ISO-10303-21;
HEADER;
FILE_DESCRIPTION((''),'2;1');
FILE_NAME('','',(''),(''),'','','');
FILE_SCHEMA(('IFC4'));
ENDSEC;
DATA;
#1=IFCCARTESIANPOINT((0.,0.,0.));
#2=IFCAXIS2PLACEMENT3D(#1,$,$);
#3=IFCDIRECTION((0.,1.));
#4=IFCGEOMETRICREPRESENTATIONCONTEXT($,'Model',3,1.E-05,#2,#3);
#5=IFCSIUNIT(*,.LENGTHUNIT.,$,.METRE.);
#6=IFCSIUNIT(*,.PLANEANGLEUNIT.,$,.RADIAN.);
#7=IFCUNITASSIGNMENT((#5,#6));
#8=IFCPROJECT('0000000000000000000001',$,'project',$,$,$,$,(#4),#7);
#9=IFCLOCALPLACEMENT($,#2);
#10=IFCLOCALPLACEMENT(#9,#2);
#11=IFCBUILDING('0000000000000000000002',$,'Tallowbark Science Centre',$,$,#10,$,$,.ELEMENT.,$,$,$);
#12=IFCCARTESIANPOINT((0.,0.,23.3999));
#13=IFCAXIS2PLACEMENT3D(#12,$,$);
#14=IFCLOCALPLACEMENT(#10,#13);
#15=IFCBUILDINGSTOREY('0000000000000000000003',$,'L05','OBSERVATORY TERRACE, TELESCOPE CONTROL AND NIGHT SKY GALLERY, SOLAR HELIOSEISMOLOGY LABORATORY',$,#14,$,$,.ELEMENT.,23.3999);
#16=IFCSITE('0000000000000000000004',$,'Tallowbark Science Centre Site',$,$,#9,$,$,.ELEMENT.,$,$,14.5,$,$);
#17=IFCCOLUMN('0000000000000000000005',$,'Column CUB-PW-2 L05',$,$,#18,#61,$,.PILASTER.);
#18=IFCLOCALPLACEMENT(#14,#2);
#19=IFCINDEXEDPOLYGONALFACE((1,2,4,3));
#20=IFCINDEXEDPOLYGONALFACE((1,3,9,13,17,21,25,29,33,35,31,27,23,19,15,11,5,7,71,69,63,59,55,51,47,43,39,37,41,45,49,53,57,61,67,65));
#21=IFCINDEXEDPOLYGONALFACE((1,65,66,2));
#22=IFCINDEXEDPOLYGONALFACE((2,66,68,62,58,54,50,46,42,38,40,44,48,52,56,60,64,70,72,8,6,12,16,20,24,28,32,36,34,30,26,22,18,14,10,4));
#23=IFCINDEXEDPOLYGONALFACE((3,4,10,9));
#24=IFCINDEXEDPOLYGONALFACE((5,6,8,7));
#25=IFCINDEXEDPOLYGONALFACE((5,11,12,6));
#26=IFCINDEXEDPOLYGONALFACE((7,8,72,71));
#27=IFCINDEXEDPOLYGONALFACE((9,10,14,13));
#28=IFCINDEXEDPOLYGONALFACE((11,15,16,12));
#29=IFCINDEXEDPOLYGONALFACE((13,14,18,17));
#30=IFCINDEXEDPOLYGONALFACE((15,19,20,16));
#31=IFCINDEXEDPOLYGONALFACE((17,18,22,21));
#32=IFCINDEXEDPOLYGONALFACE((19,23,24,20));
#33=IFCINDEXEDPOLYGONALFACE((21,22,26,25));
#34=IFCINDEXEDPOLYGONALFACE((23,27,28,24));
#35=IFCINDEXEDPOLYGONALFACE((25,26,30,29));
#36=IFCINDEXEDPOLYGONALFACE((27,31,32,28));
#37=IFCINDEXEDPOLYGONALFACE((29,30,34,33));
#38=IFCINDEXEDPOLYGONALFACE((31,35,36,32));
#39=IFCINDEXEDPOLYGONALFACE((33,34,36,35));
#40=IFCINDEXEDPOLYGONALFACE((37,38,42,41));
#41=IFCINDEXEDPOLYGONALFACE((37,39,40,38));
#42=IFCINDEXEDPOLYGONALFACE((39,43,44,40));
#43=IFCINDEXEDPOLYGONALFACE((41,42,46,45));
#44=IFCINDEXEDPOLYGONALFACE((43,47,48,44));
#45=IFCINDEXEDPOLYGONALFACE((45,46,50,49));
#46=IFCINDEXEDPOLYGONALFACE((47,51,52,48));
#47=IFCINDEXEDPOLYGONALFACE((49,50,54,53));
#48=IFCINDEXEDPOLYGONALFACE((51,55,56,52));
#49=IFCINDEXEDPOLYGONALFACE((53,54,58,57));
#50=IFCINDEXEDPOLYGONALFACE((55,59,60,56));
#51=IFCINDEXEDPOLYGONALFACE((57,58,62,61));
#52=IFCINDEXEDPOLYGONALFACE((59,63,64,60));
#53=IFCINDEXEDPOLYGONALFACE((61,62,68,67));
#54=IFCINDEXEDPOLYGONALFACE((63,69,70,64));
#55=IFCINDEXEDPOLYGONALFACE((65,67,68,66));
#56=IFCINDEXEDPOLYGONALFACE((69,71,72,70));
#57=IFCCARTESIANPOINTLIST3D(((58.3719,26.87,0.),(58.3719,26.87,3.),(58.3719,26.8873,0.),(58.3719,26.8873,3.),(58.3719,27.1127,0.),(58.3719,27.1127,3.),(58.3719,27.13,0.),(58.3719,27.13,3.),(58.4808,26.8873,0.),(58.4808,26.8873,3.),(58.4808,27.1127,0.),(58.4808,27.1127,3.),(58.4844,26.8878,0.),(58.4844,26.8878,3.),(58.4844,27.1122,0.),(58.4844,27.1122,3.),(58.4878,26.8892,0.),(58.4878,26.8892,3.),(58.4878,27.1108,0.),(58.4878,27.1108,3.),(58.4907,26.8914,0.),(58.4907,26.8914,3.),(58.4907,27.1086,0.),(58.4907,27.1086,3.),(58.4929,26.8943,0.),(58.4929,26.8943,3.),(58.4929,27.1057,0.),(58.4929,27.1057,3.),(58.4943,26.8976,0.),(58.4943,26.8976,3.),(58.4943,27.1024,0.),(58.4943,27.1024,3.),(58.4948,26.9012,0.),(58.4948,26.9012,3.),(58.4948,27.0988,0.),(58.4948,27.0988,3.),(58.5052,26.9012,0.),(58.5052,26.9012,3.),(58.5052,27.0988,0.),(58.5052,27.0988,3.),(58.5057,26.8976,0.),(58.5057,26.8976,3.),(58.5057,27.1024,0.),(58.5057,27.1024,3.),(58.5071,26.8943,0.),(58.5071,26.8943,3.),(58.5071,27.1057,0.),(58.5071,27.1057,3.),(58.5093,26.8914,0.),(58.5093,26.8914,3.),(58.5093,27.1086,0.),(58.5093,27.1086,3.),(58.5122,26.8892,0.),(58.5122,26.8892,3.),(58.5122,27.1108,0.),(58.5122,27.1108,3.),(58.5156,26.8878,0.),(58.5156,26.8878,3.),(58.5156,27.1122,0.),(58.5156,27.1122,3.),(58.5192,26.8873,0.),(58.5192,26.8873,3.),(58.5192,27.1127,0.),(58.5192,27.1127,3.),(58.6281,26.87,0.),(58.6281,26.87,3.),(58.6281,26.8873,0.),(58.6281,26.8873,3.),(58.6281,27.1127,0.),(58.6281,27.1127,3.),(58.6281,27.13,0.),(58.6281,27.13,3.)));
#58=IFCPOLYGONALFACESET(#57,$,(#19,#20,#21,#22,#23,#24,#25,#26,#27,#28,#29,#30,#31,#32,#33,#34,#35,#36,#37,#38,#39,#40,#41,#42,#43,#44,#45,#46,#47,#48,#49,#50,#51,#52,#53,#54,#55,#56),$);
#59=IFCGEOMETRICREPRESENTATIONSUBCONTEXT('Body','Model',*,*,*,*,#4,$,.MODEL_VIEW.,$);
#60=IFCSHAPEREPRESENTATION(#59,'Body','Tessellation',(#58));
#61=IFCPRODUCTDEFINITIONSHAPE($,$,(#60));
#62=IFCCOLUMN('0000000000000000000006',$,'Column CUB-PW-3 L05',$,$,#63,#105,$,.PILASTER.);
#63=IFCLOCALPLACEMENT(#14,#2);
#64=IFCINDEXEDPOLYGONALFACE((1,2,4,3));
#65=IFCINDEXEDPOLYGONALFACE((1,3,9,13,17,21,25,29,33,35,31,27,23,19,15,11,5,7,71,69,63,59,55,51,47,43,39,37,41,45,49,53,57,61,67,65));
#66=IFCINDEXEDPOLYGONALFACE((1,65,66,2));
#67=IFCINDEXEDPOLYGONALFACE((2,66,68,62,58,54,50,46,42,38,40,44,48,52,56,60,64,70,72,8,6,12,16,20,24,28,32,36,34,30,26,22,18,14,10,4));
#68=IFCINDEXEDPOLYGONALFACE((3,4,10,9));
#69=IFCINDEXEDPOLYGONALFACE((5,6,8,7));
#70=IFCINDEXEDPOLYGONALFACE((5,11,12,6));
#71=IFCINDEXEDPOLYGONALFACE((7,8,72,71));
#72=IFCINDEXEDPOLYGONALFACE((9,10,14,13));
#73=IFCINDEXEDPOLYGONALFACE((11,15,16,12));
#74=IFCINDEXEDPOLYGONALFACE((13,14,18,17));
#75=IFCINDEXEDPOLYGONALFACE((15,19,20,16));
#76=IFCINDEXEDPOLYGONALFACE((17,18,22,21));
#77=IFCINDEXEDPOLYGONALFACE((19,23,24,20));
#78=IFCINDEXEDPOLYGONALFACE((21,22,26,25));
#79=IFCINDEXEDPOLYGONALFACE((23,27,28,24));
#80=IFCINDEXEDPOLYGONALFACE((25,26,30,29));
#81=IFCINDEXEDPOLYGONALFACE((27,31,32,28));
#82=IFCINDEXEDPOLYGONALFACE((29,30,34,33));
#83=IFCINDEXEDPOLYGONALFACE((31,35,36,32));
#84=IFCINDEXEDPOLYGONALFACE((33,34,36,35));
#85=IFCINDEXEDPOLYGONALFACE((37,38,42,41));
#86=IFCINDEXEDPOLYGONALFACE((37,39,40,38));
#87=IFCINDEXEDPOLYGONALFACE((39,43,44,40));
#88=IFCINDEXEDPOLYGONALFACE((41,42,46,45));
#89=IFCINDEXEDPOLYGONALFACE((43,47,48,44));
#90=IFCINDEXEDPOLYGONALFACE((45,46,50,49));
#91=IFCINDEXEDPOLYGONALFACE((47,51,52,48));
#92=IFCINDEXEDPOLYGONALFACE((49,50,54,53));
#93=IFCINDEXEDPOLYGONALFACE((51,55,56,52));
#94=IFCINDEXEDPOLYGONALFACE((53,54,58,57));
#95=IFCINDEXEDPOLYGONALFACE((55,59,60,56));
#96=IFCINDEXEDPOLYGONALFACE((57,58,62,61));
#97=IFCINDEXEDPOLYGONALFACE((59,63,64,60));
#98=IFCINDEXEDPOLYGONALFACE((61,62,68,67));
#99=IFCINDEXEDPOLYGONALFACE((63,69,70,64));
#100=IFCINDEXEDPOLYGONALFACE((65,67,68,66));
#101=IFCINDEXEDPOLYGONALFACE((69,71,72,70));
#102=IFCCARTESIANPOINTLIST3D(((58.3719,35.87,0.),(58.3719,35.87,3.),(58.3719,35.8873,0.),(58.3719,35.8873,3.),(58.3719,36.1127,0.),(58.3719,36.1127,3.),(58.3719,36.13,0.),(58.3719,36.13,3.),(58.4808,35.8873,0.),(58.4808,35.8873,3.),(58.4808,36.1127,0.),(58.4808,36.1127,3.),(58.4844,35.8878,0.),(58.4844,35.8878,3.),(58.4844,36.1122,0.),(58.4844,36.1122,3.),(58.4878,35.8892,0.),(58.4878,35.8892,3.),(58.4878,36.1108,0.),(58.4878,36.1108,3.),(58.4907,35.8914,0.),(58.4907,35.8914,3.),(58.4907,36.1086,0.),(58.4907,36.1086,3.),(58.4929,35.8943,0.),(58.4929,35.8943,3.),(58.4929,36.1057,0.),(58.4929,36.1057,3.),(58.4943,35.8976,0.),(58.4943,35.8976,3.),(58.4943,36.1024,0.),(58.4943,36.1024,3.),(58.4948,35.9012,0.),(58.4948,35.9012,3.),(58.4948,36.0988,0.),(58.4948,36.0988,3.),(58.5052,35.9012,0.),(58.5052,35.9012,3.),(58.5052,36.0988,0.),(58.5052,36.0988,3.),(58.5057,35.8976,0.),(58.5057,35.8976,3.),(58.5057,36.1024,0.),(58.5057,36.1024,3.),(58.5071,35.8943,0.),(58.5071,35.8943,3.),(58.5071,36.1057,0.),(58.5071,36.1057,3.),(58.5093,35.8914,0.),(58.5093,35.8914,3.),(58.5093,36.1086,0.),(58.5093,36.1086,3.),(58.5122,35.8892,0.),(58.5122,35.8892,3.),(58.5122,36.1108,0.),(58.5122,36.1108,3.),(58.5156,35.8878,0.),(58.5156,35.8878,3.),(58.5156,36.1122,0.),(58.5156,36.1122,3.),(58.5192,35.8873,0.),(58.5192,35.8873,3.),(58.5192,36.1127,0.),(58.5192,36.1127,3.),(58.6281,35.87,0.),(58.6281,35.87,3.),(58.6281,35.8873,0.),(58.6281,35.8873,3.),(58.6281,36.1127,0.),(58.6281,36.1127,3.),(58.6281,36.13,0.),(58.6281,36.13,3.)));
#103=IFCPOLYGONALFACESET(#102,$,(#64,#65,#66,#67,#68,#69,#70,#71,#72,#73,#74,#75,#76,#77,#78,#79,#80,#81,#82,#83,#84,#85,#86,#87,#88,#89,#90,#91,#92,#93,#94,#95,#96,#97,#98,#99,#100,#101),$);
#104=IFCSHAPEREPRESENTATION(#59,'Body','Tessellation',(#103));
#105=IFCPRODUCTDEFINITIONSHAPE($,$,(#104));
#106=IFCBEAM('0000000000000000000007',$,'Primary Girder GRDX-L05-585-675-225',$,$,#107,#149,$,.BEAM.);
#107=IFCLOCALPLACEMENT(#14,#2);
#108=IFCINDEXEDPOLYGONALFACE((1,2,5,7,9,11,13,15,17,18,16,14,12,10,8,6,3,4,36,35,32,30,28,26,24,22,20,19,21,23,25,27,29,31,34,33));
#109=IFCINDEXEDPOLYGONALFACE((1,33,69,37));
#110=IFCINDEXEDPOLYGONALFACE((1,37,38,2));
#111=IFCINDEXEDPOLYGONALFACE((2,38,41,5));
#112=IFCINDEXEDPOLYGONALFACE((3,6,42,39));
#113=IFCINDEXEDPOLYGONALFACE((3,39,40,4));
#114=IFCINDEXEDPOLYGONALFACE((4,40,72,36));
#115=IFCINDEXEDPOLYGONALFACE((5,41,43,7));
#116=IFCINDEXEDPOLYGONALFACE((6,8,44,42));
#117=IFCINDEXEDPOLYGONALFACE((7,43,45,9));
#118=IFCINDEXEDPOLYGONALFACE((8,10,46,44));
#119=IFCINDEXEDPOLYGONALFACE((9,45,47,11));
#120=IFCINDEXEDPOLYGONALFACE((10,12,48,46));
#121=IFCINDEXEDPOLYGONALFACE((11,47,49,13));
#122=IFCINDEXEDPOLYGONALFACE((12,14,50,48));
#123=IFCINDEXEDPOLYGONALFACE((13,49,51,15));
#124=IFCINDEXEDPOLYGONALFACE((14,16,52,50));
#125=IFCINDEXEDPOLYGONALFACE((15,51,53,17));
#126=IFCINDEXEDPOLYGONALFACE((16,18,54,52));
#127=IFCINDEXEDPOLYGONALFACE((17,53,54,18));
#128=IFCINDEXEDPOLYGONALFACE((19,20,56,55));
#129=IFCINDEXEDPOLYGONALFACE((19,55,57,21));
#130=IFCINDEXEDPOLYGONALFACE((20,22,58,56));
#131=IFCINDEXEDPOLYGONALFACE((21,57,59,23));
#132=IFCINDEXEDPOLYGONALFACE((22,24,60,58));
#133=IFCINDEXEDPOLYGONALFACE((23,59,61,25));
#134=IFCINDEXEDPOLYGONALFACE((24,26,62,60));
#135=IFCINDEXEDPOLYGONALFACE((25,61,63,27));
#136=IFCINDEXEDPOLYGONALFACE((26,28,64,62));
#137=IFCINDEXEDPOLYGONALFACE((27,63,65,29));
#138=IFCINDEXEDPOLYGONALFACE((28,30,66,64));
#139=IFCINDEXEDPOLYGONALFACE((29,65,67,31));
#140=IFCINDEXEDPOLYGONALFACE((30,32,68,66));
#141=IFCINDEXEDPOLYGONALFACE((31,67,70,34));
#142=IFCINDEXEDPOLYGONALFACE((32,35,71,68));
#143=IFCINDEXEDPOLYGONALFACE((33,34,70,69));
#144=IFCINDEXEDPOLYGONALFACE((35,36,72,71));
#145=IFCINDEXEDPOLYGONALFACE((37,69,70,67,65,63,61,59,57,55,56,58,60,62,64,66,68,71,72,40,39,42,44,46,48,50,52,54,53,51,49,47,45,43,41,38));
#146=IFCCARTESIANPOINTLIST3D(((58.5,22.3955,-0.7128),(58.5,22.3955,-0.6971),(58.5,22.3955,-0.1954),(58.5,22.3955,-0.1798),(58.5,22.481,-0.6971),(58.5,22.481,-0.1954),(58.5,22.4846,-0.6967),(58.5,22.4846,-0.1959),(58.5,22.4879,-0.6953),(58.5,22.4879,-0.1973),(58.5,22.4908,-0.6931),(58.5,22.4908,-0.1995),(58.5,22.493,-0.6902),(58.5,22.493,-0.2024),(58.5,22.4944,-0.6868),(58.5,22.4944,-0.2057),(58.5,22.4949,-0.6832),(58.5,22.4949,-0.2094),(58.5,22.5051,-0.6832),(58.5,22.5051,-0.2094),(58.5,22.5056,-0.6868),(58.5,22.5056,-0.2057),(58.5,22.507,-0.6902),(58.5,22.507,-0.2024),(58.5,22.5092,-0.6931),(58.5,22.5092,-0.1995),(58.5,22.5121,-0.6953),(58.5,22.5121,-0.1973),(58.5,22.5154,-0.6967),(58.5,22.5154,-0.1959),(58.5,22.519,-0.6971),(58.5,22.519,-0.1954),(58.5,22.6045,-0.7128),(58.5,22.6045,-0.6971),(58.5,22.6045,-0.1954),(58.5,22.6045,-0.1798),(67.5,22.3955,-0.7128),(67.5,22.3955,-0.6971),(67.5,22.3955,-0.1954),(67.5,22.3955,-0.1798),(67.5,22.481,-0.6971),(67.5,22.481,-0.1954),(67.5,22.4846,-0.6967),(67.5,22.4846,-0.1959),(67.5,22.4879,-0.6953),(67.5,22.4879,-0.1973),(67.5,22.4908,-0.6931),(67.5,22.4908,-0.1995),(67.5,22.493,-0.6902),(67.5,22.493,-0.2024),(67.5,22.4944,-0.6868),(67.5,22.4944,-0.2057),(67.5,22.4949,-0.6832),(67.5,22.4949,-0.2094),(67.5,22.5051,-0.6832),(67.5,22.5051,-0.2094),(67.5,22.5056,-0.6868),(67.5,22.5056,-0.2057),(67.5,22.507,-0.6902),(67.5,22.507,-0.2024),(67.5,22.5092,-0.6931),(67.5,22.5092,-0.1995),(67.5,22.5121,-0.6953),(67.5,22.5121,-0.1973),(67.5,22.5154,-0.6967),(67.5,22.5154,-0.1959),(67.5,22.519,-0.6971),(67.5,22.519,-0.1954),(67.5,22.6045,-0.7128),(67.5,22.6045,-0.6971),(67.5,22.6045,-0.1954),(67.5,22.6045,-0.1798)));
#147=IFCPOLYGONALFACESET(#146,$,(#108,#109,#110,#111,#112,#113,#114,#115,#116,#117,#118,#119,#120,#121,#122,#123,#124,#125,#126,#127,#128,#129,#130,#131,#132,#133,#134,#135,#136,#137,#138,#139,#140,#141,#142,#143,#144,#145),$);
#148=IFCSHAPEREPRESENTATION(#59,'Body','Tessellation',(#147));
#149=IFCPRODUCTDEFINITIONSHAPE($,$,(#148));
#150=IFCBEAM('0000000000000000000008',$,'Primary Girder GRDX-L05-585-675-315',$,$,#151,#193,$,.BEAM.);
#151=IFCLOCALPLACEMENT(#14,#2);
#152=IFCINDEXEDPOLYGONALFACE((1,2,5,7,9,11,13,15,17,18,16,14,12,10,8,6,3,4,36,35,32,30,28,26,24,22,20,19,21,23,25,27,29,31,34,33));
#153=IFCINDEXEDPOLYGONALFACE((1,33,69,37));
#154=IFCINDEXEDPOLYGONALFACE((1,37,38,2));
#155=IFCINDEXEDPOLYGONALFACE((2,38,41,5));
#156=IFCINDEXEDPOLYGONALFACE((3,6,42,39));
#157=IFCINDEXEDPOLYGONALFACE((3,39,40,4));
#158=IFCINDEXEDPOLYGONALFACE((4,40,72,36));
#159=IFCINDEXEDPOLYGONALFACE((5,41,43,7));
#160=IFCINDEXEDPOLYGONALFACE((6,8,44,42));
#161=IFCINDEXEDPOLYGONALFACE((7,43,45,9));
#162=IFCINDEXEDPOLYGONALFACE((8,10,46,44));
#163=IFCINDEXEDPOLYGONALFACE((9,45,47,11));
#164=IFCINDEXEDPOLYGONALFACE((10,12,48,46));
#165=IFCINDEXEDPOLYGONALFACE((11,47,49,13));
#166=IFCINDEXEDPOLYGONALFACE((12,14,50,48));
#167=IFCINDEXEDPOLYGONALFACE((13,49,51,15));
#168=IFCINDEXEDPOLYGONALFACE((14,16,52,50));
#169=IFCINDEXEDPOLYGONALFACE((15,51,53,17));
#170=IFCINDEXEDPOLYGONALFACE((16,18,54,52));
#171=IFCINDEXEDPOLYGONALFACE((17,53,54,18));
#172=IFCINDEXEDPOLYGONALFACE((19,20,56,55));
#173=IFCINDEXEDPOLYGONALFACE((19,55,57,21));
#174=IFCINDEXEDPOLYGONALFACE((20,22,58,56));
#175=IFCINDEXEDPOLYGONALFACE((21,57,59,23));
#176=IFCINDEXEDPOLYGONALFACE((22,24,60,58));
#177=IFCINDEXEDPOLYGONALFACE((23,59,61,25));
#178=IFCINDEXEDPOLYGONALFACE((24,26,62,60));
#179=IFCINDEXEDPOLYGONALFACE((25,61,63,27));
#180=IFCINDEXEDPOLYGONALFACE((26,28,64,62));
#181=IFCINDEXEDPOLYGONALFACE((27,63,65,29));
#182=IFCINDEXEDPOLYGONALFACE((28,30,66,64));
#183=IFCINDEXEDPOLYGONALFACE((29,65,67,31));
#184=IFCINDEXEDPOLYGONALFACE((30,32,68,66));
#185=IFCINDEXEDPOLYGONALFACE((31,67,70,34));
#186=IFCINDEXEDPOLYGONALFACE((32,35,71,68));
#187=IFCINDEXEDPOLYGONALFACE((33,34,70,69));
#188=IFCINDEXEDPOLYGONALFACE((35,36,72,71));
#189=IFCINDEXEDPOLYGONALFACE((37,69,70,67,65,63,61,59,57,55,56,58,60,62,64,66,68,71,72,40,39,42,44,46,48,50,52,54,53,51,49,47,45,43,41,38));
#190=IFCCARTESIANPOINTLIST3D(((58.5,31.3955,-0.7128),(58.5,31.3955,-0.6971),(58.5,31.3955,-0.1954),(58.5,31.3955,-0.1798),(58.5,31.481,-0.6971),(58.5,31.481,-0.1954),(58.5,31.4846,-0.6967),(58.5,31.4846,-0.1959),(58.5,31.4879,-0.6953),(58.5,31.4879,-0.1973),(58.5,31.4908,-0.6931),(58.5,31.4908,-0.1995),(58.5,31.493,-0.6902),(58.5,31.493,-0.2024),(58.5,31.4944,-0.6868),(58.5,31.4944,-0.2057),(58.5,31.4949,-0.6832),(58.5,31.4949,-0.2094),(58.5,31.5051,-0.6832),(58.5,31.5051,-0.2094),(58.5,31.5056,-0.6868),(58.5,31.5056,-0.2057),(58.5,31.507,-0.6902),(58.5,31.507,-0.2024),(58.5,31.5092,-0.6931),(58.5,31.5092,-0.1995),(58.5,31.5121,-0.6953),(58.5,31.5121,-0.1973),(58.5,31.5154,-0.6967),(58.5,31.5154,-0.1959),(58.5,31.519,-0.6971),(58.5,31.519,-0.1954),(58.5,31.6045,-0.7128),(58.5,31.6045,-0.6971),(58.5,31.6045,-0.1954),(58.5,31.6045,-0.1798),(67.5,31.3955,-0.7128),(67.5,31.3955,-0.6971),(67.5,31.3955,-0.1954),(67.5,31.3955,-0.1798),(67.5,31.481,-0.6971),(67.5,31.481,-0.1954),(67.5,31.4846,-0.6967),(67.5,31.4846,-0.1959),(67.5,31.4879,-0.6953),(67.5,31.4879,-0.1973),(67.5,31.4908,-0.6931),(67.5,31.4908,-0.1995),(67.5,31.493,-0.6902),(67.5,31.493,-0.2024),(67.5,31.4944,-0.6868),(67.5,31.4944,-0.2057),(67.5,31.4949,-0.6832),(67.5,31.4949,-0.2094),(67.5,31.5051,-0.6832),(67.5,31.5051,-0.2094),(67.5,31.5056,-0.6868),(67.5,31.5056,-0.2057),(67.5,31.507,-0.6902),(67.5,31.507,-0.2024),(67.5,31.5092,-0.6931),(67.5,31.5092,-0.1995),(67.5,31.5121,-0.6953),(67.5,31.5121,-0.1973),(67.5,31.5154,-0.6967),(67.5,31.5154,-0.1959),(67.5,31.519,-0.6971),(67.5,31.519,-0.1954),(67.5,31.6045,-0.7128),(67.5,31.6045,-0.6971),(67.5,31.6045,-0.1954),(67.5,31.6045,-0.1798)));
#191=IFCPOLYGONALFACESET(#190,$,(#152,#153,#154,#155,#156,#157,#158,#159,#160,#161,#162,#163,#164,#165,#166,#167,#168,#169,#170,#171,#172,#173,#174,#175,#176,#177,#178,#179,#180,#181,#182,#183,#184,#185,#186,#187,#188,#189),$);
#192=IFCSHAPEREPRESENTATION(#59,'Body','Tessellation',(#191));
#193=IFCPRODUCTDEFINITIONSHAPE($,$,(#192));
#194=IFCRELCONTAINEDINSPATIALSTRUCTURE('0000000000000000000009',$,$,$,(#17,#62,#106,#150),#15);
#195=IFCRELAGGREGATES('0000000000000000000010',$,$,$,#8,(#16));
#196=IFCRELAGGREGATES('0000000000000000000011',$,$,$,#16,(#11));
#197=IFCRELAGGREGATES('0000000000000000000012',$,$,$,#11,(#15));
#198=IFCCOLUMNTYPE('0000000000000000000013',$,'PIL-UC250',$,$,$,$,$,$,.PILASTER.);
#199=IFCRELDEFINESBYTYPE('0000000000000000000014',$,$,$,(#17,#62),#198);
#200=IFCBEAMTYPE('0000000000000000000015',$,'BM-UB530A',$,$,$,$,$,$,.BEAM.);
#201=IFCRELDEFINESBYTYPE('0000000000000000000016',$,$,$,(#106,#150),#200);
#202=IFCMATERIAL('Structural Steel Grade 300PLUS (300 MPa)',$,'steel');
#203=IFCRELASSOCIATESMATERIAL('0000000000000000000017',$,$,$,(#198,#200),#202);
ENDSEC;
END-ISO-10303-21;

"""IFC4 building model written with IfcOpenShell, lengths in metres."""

from ifc_helpers import new_model, si_unit, direction, frame, origin, origin_2d, place, context, subcontext, project, spatial, i_section, extrude, material, material_profile, profile_set, type_object, element, save


model = new_model("IFC4")

# Units and contexts
model_context = context("Model", 3, precision=1e-05, world=origin(), true_north=direction((0.0, 1.0)))
body_context = subcontext(model_context, "Body", "Model", "MODEL_VIEW")
ifc_project = project(units=[si_unit("LENGTHUNIT", "METRE"), si_unit("PLANEANGLEUNIT", "RADIAN")], contexts=[model_context])

# Site, building, storey
site_placement = place(None, origin())
site = spatial("IfcSite", under=ifc_project, at=site_placement, Name="Tallowbark Science Centre Site", CompositionType="ELEMENT", RefElevation=14.5)
building_placement = place(site_placement, origin())
building = spatial("IfcBuilding", under=site, at=building_placement, Name="Tallowbark Science Centre", CompositionType="ELEMENT")
storey_placement = place(building_placement, frame((0.0, 0.0, 23.3999)))
storey = spatial("IfcBuildingStorey", under=building, at=storey_placement, Name="L05", Description="OBSERVATORY TERRACE, TELESCOPE CONTROL AND NIGHT SKY GALLERY, SOLAR HELIOSEISMOLOGY LABORATORY", CompositionType="ELEMENT", Elevation=23.3999)

# Columns
ifc_material_1 = material(Name="Structural Steel Grade 300PLUS (300 MPa)", Category="steel")
ifc_material_profile_1 = material_profile(ifc_material_1, i_section(OverallWidth=0.2561, OverallDepth=0.26, WebThickness=0.0105, FlangeThickness=0.0173, FilletRadius=0.0139, at=origin_2d()), Name="250UC89.5")
ifc_profile_set_1 = profile_set([ifc_material_profile_1], Name="Structural Steel Grade 300PLUS (300 MPa)")
column_type_1 = type_object("IfcColumnType", Name="PIL-UC250", PredefinedType="PILASTER", material=ifc_profile_set_1)
for number, where, z_axis, x_axis, name in (
    (1, (58.5, 27.0, 0.0), (0.0, 0.0, 1.0), (1.0, 0.0, 0.0), "Column CUB-PW-2 L05"),
    (2, (58.5, 36.0, 0.0), (0.0, 0.0, 1.0), (1.0, 0.0, 0.0), "Column CUB-PW-3 L05"),
):
    element("IfcColumn", number, at=place(storey_placement, frame(where, z_axis=z_axis, x_axis=x_axis)), inside=storey, type_object=column_type_1, Name=name, PredefinedType="PILASTER", context=body_context, shape_type="SweptSolid", body=[
        extrude(i_section(OverallWidth=0.2561, OverallDepth=0.26, WebThickness=0.0105, FlangeThickness=0.0173, FilletRadius=0.0139, at=origin_2d()), origin(), (0.0, 0.0, 1.0), 3.0),
    ])

# Beams
ifc_material_profile_2 = material_profile(ifc_material_1, i_section(OverallWidth=0.209, OverallDepth=0.533, WebThickness=0.0103, FlangeThickness=0.0156, FilletRadius=0.0139, at=origin_2d()), Name="530UB92.4")
ifc_profile_set_2 = profile_set([ifc_material_profile_2], Name="Structural Steel Grade 300PLUS (300 MPa)")
beam_type_1 = type_object("IfcBeamType", Name="BM-UB530A", PredefinedType="BEAM", material=ifc_profile_set_2)
for number, where, z_axis, x_axis, name in (
    (3, (58.5, 22.5, -0.4463), (1.0, 0.0, 0.0), (0.0, 1.0, 0.0), "Primary Girder GRDX-L05-585-675-225"),
    (4, (58.5, 31.5, -0.4463), (1.0, 0.0, 0.0), (0.0, 1.0, 0.0), "Primary Girder GRDX-L05-585-675-315"),
):
    element("IfcBeam", number, at=place(storey_placement, frame(where, z_axis=z_axis, x_axis=x_axis)), inside=storey, type_object=beam_type_1, Name=name, PredefinedType="BEAM", context=body_context, shape_type="SweptSolid", body=[
        extrude(i_section(OverallWidth=0.209, OverallDepth=0.533, WebThickness=0.0103, FlangeThickness=0.0156, FilletRadius=0.0139, at=origin_2d()), origin(), (0.0, 0.0, 1.0), 9.0),
    ])

save(model, "model.ifc")
